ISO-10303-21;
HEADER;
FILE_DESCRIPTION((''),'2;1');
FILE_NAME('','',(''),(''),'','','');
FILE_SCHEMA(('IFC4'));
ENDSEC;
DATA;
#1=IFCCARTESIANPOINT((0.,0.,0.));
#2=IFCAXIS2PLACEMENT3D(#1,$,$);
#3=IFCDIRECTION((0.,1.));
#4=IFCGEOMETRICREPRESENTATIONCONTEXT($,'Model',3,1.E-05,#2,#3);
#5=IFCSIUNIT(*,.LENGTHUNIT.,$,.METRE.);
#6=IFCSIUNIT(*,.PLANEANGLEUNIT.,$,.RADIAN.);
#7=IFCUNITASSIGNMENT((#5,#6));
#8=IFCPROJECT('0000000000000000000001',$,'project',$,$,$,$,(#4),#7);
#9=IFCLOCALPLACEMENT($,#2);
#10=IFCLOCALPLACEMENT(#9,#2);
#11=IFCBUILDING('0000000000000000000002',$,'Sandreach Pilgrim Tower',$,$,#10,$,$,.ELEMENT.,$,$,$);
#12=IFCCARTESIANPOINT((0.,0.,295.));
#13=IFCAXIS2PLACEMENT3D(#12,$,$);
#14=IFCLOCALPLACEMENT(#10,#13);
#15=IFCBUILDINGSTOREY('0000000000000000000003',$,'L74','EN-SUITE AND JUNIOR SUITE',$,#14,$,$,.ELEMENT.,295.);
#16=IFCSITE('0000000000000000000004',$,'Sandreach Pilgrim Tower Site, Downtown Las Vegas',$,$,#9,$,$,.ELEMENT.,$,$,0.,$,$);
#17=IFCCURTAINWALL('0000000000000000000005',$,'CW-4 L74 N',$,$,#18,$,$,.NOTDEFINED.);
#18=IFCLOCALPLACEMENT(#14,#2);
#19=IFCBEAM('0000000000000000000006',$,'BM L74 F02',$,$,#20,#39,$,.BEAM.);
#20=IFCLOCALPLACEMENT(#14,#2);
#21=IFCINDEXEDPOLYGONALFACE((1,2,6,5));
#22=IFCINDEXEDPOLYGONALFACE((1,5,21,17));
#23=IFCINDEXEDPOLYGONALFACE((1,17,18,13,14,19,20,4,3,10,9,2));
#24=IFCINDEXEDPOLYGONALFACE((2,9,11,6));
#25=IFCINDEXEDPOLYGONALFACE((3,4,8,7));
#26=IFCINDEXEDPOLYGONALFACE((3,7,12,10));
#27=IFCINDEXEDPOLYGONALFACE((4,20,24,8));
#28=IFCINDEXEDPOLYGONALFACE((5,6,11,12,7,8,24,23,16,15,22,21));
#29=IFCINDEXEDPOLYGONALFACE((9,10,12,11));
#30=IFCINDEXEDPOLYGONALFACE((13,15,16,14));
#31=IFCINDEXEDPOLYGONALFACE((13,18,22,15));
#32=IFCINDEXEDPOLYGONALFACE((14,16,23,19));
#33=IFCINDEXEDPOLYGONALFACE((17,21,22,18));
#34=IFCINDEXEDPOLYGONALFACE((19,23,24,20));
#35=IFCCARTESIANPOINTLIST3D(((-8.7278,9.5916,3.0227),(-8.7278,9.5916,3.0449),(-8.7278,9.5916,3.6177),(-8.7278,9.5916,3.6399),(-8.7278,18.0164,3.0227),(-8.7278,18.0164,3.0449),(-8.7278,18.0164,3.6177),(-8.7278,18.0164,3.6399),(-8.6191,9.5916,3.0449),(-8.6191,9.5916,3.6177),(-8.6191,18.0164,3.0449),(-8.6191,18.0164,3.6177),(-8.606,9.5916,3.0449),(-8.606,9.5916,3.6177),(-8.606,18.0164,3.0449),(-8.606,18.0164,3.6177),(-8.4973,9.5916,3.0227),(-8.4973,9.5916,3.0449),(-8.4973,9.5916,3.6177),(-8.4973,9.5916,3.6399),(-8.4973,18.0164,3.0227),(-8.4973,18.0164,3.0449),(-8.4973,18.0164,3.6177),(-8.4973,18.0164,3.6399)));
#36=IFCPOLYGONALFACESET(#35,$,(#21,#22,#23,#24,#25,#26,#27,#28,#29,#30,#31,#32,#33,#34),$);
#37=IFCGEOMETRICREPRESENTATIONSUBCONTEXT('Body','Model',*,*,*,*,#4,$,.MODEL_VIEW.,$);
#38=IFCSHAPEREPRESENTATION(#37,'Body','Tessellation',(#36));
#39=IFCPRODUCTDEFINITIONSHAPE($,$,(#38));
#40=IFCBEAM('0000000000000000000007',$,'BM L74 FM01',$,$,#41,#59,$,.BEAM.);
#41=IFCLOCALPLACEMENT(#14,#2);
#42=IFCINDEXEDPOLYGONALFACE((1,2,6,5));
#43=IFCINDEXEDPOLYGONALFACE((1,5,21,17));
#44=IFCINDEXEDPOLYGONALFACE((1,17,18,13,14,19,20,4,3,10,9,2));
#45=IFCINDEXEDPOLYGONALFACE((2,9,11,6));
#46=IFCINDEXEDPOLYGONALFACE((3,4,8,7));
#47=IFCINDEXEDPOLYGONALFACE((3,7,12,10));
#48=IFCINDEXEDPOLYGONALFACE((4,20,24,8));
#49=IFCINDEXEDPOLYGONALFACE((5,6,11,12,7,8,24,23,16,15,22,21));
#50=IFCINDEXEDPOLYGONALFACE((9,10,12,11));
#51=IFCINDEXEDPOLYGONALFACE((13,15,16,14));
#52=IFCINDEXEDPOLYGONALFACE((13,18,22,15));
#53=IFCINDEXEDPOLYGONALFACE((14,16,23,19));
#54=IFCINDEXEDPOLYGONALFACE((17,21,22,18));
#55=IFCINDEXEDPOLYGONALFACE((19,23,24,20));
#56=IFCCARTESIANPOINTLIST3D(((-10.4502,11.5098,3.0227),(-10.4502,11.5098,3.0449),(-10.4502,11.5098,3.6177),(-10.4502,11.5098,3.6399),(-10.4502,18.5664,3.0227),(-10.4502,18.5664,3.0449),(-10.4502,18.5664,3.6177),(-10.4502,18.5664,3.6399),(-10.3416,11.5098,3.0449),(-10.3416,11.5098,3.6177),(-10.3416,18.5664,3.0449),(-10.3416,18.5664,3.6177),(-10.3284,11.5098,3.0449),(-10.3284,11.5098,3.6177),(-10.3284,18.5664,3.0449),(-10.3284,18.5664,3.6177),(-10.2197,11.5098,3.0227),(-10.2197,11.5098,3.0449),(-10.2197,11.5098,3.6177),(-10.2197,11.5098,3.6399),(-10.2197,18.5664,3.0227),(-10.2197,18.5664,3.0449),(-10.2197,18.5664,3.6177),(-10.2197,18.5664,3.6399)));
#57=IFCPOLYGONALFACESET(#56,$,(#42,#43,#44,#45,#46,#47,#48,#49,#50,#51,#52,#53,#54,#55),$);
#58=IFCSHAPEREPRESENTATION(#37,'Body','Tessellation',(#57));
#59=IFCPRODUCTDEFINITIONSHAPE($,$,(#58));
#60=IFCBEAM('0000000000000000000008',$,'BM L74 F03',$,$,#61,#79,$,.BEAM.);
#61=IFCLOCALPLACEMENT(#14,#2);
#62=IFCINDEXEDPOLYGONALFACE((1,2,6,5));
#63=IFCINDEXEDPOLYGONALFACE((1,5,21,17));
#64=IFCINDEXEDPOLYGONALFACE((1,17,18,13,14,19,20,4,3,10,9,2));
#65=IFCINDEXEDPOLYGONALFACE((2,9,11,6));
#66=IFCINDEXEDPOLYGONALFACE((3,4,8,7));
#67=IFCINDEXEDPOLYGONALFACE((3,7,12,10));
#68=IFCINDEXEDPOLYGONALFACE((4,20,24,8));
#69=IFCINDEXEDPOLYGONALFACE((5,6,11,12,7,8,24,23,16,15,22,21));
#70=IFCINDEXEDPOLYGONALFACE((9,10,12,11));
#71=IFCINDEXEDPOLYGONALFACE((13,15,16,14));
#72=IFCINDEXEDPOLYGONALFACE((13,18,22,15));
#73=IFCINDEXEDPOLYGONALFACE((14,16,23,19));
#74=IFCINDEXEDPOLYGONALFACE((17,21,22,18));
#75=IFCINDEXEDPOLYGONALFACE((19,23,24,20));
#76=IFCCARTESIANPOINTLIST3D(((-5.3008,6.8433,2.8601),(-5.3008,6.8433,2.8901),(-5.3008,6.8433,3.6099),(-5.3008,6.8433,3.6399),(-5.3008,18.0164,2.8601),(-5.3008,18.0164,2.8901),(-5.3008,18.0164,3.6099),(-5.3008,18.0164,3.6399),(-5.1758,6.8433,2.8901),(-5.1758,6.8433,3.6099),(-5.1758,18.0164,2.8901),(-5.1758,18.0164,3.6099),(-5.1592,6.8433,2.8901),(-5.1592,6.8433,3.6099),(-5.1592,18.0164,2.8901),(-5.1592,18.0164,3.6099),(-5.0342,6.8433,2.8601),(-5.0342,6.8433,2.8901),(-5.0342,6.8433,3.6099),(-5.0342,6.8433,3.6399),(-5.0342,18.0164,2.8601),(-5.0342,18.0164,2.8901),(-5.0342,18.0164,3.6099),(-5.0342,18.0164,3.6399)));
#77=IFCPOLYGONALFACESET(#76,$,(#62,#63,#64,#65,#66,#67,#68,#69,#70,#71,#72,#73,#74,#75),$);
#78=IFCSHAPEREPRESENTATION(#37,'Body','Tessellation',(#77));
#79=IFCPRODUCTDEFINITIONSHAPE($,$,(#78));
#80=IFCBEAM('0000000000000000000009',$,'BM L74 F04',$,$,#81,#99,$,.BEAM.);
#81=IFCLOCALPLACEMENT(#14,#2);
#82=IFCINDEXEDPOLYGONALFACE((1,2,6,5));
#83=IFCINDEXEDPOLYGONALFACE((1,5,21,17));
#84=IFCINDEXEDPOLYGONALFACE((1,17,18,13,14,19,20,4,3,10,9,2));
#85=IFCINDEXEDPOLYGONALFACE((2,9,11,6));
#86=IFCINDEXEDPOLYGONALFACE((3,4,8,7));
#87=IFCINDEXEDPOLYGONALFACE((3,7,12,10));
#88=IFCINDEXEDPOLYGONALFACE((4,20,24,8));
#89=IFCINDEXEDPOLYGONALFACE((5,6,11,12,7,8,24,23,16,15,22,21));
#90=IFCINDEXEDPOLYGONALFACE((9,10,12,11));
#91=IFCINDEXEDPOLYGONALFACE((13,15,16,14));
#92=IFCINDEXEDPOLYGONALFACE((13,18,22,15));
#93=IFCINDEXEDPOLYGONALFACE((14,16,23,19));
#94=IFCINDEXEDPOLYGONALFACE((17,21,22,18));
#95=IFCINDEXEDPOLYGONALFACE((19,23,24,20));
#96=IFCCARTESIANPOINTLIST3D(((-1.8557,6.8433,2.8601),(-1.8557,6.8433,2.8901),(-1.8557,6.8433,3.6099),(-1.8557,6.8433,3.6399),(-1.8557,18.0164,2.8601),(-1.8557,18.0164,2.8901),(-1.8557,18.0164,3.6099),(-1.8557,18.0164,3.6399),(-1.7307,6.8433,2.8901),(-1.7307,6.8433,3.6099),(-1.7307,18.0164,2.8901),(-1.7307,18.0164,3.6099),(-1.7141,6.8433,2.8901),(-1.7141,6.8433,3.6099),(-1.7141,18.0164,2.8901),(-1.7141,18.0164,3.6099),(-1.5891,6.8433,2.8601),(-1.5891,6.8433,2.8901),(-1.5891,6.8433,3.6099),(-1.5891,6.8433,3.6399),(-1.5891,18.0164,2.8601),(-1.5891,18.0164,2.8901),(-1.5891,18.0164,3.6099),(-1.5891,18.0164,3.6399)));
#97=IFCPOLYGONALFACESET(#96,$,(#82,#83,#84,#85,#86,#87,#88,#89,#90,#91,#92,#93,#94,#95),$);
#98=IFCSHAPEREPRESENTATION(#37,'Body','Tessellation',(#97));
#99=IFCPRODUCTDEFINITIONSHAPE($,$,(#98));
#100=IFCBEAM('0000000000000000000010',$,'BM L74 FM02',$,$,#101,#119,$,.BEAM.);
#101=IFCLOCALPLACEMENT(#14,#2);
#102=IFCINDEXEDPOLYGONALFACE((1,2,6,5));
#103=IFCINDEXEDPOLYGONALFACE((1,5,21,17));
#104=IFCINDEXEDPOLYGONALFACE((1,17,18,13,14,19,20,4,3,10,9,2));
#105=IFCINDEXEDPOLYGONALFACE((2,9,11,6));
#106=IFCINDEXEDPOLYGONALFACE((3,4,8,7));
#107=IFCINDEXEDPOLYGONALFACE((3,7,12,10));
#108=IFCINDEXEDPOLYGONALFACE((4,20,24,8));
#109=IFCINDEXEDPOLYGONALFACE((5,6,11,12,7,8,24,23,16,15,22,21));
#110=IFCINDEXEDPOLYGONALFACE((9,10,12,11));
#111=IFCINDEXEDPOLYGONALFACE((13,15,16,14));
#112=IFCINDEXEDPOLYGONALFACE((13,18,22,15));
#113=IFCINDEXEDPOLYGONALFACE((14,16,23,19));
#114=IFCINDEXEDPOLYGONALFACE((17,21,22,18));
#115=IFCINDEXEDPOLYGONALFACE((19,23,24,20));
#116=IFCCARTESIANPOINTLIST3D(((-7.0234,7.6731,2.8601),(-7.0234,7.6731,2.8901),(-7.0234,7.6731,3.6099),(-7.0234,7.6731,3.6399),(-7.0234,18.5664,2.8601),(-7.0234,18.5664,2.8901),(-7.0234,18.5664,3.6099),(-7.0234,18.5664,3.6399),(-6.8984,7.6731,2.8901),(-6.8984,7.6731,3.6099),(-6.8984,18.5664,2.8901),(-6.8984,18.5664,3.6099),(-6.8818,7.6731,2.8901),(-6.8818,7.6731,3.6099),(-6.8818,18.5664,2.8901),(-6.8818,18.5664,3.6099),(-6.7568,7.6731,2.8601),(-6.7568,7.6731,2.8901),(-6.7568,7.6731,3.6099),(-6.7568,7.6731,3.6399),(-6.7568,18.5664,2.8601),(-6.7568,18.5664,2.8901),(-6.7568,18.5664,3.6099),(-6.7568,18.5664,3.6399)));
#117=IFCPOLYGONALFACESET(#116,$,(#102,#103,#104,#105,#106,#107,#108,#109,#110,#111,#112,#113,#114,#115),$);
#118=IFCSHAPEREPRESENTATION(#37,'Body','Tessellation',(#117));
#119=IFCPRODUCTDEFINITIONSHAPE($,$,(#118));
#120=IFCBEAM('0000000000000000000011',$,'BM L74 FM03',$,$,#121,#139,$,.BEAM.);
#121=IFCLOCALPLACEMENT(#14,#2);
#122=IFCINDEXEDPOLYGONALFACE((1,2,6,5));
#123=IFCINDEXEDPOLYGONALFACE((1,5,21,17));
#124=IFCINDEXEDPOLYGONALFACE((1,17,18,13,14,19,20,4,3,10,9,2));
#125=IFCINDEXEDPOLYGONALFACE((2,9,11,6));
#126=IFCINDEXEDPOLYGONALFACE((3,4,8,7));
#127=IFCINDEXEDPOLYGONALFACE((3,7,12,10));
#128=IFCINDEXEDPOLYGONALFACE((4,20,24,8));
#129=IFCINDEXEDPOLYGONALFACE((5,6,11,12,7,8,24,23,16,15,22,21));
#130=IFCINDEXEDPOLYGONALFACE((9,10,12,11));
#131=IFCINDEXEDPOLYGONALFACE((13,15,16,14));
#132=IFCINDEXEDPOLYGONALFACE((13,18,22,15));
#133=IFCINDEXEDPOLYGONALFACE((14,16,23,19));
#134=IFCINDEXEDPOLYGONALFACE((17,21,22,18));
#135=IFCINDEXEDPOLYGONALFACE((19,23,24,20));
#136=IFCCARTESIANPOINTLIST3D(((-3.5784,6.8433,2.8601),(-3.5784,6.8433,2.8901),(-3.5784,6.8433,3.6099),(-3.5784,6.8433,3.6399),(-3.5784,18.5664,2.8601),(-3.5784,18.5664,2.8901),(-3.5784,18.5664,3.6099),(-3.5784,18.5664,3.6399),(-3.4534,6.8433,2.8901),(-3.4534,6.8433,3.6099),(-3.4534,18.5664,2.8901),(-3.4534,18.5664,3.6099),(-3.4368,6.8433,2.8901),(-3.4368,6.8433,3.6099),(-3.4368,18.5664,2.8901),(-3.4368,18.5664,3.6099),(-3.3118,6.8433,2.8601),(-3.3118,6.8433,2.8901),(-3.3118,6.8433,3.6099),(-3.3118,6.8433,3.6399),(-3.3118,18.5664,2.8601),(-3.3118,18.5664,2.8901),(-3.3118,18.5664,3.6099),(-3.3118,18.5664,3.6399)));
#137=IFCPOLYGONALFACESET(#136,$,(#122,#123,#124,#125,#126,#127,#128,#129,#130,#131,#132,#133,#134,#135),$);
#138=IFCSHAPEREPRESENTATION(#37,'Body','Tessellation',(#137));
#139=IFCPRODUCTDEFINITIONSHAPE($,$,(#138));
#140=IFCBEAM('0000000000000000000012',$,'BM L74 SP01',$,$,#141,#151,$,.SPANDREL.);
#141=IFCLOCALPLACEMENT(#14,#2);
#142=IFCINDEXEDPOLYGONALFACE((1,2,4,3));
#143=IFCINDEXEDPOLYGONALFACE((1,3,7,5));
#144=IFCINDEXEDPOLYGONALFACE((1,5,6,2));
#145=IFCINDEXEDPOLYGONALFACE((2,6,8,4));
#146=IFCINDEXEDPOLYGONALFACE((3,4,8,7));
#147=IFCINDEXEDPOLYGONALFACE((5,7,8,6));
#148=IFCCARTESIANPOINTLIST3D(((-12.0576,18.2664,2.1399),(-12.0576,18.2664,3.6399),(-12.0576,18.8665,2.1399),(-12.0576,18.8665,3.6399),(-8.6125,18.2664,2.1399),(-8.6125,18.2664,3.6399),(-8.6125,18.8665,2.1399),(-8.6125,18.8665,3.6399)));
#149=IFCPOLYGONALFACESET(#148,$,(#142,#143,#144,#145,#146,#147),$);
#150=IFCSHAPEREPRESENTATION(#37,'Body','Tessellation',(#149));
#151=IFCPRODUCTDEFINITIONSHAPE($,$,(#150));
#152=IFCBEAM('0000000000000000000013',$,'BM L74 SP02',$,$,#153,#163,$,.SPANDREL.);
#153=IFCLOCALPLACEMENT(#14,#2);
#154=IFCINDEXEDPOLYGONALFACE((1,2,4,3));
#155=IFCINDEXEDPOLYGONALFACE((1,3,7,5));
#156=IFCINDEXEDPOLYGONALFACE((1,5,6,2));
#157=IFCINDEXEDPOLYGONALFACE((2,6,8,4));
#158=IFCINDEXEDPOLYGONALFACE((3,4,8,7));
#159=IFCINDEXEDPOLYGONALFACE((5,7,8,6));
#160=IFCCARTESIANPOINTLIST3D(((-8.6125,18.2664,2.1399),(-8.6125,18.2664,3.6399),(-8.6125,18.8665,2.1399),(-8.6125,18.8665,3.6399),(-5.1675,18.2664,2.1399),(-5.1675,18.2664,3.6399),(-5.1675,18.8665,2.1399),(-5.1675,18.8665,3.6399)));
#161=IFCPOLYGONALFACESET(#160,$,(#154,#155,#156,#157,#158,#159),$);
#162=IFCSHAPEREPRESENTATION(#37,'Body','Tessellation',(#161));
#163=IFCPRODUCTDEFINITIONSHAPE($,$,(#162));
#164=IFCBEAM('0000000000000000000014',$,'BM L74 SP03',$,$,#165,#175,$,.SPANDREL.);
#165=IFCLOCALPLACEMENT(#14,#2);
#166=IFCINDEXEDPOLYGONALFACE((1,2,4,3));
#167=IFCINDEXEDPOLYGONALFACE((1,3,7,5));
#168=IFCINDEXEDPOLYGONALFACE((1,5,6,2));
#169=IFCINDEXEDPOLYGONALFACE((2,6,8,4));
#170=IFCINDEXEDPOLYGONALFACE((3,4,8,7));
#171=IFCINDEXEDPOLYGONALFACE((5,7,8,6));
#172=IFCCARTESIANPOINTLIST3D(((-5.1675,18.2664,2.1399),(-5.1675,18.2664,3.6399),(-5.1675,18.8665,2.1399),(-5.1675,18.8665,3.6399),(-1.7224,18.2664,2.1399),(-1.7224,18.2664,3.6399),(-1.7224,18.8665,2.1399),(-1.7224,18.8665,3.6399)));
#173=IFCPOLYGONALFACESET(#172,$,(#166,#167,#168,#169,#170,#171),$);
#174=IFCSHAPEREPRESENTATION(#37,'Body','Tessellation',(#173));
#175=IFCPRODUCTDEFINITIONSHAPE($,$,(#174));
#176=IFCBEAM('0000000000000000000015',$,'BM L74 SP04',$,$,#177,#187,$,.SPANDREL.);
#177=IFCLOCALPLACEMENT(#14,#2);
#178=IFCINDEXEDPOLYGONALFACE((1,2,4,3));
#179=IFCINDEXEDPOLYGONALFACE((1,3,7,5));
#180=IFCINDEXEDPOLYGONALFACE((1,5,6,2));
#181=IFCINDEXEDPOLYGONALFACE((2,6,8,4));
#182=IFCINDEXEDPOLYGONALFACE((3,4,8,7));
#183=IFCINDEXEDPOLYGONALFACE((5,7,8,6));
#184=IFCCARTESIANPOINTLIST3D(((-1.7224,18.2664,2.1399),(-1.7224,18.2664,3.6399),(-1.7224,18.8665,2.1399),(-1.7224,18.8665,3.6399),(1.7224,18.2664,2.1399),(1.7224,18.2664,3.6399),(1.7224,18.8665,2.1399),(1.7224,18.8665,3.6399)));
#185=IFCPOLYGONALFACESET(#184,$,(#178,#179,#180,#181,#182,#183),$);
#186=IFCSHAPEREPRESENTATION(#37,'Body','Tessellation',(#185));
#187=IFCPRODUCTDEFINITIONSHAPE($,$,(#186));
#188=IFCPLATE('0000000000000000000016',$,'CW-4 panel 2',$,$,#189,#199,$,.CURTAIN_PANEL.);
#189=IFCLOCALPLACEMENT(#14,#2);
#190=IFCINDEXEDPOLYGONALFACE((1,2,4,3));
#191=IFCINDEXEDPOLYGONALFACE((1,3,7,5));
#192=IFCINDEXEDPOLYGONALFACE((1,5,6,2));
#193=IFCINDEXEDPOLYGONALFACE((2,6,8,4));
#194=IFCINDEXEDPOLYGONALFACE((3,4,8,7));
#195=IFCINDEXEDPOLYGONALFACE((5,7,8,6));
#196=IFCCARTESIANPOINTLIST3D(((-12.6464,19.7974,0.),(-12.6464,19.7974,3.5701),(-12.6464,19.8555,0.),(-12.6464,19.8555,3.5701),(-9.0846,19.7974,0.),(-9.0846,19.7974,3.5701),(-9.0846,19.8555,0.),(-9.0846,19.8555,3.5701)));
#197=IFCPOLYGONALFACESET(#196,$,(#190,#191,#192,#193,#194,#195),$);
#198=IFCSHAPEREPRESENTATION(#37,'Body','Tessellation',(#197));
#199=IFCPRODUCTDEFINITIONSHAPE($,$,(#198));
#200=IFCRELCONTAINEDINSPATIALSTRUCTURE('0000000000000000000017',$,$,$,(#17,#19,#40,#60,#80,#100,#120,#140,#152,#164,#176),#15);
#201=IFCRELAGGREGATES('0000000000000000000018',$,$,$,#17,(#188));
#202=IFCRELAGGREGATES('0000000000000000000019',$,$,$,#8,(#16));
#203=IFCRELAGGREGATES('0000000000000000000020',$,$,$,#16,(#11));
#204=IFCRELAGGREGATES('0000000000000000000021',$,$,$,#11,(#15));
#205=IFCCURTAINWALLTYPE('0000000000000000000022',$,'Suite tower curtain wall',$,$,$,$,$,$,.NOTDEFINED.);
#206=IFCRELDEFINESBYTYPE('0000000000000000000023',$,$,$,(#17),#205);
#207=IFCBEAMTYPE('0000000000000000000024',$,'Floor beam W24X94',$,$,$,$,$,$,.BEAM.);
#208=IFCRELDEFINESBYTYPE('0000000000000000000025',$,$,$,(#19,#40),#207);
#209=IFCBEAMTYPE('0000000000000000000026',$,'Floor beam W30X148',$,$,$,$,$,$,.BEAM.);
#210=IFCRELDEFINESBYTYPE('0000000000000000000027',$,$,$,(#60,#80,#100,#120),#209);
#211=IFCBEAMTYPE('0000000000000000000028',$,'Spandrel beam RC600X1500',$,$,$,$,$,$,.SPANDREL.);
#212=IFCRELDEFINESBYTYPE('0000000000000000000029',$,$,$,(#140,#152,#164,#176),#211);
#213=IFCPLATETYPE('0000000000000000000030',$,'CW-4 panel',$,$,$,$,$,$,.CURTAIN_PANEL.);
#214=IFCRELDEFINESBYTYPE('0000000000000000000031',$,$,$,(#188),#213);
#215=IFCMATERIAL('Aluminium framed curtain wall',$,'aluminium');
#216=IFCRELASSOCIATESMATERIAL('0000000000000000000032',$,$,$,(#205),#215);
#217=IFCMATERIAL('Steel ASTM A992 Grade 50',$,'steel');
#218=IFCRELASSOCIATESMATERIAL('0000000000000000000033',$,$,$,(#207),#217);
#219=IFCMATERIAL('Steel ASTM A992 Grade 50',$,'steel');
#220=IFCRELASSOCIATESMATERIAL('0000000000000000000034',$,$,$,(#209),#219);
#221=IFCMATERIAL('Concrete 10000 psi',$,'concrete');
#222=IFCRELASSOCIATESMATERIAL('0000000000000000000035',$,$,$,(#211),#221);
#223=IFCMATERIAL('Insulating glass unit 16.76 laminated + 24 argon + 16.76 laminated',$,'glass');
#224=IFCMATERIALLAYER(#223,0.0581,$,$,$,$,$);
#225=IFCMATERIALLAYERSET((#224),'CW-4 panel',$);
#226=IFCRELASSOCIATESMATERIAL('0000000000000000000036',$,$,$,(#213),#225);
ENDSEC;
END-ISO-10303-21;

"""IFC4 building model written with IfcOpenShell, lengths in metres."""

from ifc_helpers import new_model, si_unit, direction, frame, origin, origin_2d, place, context, subcontext, project, spatial, rectangle, i_section, extrude, material, layer, layer_set, material_profile, profile_set, type_object, element, aggregate, save


model = new_model("IFC4")

# Units and contexts
model_context = context("Model", 3, precision=1e-05, world=origin(), true_north=direction((0.0, 1.0)))
body_context = subcontext(model_context, "Body", "Model", "MODEL_VIEW")
ifc_project = project(units=[si_unit("LENGTHUNIT", "METRE"), si_unit("PLANEANGLEUNIT", "RADIAN")], contexts=[model_context])

# Site, building, storey
site_placement = place(None, origin())
site = spatial("IfcSite", under=ifc_project, at=site_placement, Name="Sandreach Pilgrim Tower Site, Downtown Las Vegas", CompositionType="ELEMENT", RefElevation=0.0)
building_placement = place(site_placement, origin())
building = spatial("IfcBuilding", under=site, at=building_placement, Name="Sandreach Pilgrim Tower", CompositionType="ELEMENT")
storey_placement = place(building_placement, frame((0.0, 0.0, 295.0)))
storey = spatial("IfcBuildingStorey", under=building, at=storey_placement, Name="L74", Description="EN-SUITE AND JUNIOR SUITE", CompositionType="ELEMENT", Elevation=295.0)

# Curtain wall
ifc_material_1 = material(Name="Aluminium framed curtain wall", Category="aluminium")
curtain_wall_type = type_object("IfcCurtainWallType", Name="Suite tower curtain wall", PredefinedType="NOTDEFINED", material=ifc_material_1)
curtain_wall_placement = place(storey_placement, origin())
curtain_wall = element("IfcCurtainWall", 1, at=curtain_wall_placement, inside=storey, type_object=curtain_wall_type, Name="CW-4 L74 N", PredefinedType="NOTDEFINED")

# Beams
ifc_material_2 = material(Name="Steel ASTM A992 Grade 50", Category="steel")
ifc_material_profile_1 = material_profile(ifc_material_2, i_section(OverallWidth=0.2305, OverallDepth=0.6172, WebThickness=0.0132, FlangeThickness=0.0222, at=origin_2d()), Name="W24X94")
ifc_profile_set_1 = profile_set([ifc_material_profile_1], Name="Steel ASTM A992 Grade 50")
beam_type_1 = type_object("IfcBeamType", Name="Floor beam W24X94", PredefinedType="BEAM", material=ifc_profile_set_1)
beam_1_placement = place(storey_placement, frame((-8.6125, 18.0164, 3.3313), z_axis=(0.0, -1.0, 0.0), x_axis=(1.0, 0.0, 0.0)))
element("IfcBeam", 2, at=beam_1_placement, inside=storey, type_object=beam_type_1, Name="BM L74 F02", PredefinedType="BEAM", context=body_context, shape_type="SweptSolid", body=[
    extrude(i_section(OverallWidth=0.2305, OverallDepth=0.6172, WebThickness=0.0132, FlangeThickness=0.0222, at=origin_2d()), origin(), (0.0, 0.0, 1.0), 8.4248),
])
beam_2_placement = place(storey_placement, frame((-10.335, 18.5664, 3.3313), z_axis=(0.0, -1.0, 0.0), x_axis=(1.0, 0.0, 0.0)))
element("IfcBeam", 3, at=beam_2_placement, inside=storey, type_object=beam_type_1, Name="BM L74 FM01", PredefinedType="BEAM", context=body_context, shape_type="SweptSolid", body=[
    extrude(i_section(OverallWidth=0.2305, OverallDepth=0.6172, WebThickness=0.0132, FlangeThickness=0.0222, at=origin_2d()), origin(), (0.0, 0.0, 1.0), 7.0566),
])
ifc_material_3 = material(Name="Steel ASTM A992 Grade 50", Category="steel")
ifc_material_profile_2 = material_profile(ifc_material_3, i_section(OverallWidth=0.2666, OverallDepth=0.7798, WebThickness=0.0166, FlangeThickness=0.03, at=origin_2d()), Name="W30X148")
ifc_profile_set_2 = profile_set([ifc_material_profile_2], Name="Steel ASTM A992 Grade 50")
beam_type_2 = type_object("IfcBeamType", Name="Floor beam W30X148", PredefinedType="BEAM", material=ifc_profile_set_2)
for number, where, z_axis, x_axis, name in (
    (4, (-5.1675, 18.0164, 3.25), (0.0, -1.0, 0.0), (1.0, 0.0, 0.0), "BM L74 F03"),
    (5, (-1.7224, 18.0164, 3.25), (0.0, -1.0, 0.0), (1.0, 0.0, 0.0), "BM L74 F04"),
):
    element("IfcBeam", number, at=place(storey_placement, frame(where, z_axis=z_axis, x_axis=x_axis)), inside=storey, type_object=beam_type_2, Name=name, PredefinedType="BEAM", context=body_context, shape_type="SweptSolid", body=[
        extrude(i_section(OverallWidth=0.2666, OverallDepth=0.7798, WebThickness=0.0166, FlangeThickness=0.03, at=origin_2d()), origin(), (0.0, 0.0, 1.0), 11.1731),
    ])
beam_3_placement = place(storey_placement, frame((-6.8901, 18.5664, 3.25), z_axis=(0.0, -1.0, 0.0), x_axis=(1.0, 0.0, 0.0)))
element("IfcBeam", 6, at=beam_3_placement, inside=storey, type_object=beam_type_2, Name="BM L74 FM02", PredefinedType="BEAM", context=body_context, shape_type="SweptSolid", body=[
    extrude(i_section(OverallWidth=0.2666, OverallDepth=0.7798, WebThickness=0.0166, FlangeThickness=0.03, at=origin_2d()), origin(), (0.0, 0.0, 1.0), 10.8933),
])
beam_4_placement = place(storey_placement, frame((-3.4451, 18.5664, 3.25), z_axis=(0.0, -1.0, 0.0), x_axis=(1.0, 0.0, 0.0)))
element("IfcBeam", 7, at=beam_4_placement, inside=storey, type_object=beam_type_2, Name="BM L74 FM03", PredefinedType="BEAM", context=body_context, shape_type="SweptSolid", body=[
    extrude(i_section(OverallWidth=0.2666, OverallDepth=0.7798, WebThickness=0.0166, FlangeThickness=0.03, at=origin_2d()), origin(), (0.0, 0.0, 1.0), 11.7231),
])
ifc_material_4 = material(Name="Concrete 10000 psi", Category="concrete")
ifc_material_profile_3 = material_profile(ifc_material_4, rectangle(XDim=0.6001, YDim=1.5, at=origin_2d()), Name="RC600X1500")
ifc_profile_set_3 = profile_set([ifc_material_profile_3], Name="Concrete 10000 psi")
beam_type_3 = type_object("IfcBeamType", Name="Spandrel beam RC600X1500", PredefinedType="SPANDREL", material=ifc_profile_set_3)
for number, where, z_axis, x_axis, name in (
    (8, (-12.0576, 18.5664, 2.8899), (1.0, 0.0, 0.0), (0.0, 1.0, 0.0), "BM L74 SP01"),
    (9, (-8.6125, 18.5664, 2.8899), (1.0, 0.0, 0.0), (0.0, 1.0, 0.0), "BM L74 SP02"),
    (10, (-5.1675, 18.5664, 2.8899), (1.0, 0.0, 0.0), (0.0, 1.0, 0.0), "BM L74 SP03"),
):
    element("IfcBeam", number, at=place(storey_placement, frame(where, z_axis=z_axis, x_axis=x_axis)), inside=storey, type_object=beam_type_3, Name=name, PredefinedType="SPANDREL", context=body_context, shape_type="SweptSolid", body=[
        extrude(rectangle(XDim=0.6001, YDim=1.5, at=origin_2d()), origin(), (0.0, 0.0, 1.0), 3.4451),
    ])
beam_5_placement = place(storey_placement, frame((-1.7224, 18.5664, 2.8899), z_axis=(1.0, 0.0, 0.0), x_axis=(0.0, 1.0, 0.0)))
element("IfcBeam", 11, at=beam_5_placement, inside=storey, type_object=beam_type_3, Name="BM L74 SP04", PredefinedType="SPANDREL", context=body_context, shape_type="SweptSolid", body=[
    extrude(rectangle(XDim=0.6001, YDim=1.5, at=origin_2d()), origin(), (0.0, 0.0, 1.0), 3.4448),
])

# Plate
ifc_material_5 = material(Name="Insulating glass unit 16.76 laminated + 24 argon + 16.76 laminated", Category="glass")
ifc_layer_1 = layer(ifc_material_5, 0.0581)
ifc_layer_set_1 = layer_set([ifc_layer_1], Name="CW-4 panel")
plate_type = type_object("IfcPlateType", Name="CW-4 panel", PredefinedType="CURTAIN_PANEL", material=ifc_layer_set_1)
plate_1_placement = place(storey_placement, frame((-10.8655, 19.8264, 0.0), z_axis=(0.0, 0.0, 1.0), x_axis=(1.0, 0.0, 0.0)))
plate_1 = element("IfcPlate", 12, at=plate_1_placement, type_object=plate_type, Name="CW-4 panel 2", PredefinedType="CURTAIN_PANEL", context=body_context, shape_type="SweptSolid", body=[
    extrude(rectangle(XDim=3.5618, YDim=0.0581, at=origin_2d()), origin(), (0.0, 0.0, 1.0), 3.5701),
])
aggregate(curtain_wall, [plate_1])

save(model, "model.ifc")
